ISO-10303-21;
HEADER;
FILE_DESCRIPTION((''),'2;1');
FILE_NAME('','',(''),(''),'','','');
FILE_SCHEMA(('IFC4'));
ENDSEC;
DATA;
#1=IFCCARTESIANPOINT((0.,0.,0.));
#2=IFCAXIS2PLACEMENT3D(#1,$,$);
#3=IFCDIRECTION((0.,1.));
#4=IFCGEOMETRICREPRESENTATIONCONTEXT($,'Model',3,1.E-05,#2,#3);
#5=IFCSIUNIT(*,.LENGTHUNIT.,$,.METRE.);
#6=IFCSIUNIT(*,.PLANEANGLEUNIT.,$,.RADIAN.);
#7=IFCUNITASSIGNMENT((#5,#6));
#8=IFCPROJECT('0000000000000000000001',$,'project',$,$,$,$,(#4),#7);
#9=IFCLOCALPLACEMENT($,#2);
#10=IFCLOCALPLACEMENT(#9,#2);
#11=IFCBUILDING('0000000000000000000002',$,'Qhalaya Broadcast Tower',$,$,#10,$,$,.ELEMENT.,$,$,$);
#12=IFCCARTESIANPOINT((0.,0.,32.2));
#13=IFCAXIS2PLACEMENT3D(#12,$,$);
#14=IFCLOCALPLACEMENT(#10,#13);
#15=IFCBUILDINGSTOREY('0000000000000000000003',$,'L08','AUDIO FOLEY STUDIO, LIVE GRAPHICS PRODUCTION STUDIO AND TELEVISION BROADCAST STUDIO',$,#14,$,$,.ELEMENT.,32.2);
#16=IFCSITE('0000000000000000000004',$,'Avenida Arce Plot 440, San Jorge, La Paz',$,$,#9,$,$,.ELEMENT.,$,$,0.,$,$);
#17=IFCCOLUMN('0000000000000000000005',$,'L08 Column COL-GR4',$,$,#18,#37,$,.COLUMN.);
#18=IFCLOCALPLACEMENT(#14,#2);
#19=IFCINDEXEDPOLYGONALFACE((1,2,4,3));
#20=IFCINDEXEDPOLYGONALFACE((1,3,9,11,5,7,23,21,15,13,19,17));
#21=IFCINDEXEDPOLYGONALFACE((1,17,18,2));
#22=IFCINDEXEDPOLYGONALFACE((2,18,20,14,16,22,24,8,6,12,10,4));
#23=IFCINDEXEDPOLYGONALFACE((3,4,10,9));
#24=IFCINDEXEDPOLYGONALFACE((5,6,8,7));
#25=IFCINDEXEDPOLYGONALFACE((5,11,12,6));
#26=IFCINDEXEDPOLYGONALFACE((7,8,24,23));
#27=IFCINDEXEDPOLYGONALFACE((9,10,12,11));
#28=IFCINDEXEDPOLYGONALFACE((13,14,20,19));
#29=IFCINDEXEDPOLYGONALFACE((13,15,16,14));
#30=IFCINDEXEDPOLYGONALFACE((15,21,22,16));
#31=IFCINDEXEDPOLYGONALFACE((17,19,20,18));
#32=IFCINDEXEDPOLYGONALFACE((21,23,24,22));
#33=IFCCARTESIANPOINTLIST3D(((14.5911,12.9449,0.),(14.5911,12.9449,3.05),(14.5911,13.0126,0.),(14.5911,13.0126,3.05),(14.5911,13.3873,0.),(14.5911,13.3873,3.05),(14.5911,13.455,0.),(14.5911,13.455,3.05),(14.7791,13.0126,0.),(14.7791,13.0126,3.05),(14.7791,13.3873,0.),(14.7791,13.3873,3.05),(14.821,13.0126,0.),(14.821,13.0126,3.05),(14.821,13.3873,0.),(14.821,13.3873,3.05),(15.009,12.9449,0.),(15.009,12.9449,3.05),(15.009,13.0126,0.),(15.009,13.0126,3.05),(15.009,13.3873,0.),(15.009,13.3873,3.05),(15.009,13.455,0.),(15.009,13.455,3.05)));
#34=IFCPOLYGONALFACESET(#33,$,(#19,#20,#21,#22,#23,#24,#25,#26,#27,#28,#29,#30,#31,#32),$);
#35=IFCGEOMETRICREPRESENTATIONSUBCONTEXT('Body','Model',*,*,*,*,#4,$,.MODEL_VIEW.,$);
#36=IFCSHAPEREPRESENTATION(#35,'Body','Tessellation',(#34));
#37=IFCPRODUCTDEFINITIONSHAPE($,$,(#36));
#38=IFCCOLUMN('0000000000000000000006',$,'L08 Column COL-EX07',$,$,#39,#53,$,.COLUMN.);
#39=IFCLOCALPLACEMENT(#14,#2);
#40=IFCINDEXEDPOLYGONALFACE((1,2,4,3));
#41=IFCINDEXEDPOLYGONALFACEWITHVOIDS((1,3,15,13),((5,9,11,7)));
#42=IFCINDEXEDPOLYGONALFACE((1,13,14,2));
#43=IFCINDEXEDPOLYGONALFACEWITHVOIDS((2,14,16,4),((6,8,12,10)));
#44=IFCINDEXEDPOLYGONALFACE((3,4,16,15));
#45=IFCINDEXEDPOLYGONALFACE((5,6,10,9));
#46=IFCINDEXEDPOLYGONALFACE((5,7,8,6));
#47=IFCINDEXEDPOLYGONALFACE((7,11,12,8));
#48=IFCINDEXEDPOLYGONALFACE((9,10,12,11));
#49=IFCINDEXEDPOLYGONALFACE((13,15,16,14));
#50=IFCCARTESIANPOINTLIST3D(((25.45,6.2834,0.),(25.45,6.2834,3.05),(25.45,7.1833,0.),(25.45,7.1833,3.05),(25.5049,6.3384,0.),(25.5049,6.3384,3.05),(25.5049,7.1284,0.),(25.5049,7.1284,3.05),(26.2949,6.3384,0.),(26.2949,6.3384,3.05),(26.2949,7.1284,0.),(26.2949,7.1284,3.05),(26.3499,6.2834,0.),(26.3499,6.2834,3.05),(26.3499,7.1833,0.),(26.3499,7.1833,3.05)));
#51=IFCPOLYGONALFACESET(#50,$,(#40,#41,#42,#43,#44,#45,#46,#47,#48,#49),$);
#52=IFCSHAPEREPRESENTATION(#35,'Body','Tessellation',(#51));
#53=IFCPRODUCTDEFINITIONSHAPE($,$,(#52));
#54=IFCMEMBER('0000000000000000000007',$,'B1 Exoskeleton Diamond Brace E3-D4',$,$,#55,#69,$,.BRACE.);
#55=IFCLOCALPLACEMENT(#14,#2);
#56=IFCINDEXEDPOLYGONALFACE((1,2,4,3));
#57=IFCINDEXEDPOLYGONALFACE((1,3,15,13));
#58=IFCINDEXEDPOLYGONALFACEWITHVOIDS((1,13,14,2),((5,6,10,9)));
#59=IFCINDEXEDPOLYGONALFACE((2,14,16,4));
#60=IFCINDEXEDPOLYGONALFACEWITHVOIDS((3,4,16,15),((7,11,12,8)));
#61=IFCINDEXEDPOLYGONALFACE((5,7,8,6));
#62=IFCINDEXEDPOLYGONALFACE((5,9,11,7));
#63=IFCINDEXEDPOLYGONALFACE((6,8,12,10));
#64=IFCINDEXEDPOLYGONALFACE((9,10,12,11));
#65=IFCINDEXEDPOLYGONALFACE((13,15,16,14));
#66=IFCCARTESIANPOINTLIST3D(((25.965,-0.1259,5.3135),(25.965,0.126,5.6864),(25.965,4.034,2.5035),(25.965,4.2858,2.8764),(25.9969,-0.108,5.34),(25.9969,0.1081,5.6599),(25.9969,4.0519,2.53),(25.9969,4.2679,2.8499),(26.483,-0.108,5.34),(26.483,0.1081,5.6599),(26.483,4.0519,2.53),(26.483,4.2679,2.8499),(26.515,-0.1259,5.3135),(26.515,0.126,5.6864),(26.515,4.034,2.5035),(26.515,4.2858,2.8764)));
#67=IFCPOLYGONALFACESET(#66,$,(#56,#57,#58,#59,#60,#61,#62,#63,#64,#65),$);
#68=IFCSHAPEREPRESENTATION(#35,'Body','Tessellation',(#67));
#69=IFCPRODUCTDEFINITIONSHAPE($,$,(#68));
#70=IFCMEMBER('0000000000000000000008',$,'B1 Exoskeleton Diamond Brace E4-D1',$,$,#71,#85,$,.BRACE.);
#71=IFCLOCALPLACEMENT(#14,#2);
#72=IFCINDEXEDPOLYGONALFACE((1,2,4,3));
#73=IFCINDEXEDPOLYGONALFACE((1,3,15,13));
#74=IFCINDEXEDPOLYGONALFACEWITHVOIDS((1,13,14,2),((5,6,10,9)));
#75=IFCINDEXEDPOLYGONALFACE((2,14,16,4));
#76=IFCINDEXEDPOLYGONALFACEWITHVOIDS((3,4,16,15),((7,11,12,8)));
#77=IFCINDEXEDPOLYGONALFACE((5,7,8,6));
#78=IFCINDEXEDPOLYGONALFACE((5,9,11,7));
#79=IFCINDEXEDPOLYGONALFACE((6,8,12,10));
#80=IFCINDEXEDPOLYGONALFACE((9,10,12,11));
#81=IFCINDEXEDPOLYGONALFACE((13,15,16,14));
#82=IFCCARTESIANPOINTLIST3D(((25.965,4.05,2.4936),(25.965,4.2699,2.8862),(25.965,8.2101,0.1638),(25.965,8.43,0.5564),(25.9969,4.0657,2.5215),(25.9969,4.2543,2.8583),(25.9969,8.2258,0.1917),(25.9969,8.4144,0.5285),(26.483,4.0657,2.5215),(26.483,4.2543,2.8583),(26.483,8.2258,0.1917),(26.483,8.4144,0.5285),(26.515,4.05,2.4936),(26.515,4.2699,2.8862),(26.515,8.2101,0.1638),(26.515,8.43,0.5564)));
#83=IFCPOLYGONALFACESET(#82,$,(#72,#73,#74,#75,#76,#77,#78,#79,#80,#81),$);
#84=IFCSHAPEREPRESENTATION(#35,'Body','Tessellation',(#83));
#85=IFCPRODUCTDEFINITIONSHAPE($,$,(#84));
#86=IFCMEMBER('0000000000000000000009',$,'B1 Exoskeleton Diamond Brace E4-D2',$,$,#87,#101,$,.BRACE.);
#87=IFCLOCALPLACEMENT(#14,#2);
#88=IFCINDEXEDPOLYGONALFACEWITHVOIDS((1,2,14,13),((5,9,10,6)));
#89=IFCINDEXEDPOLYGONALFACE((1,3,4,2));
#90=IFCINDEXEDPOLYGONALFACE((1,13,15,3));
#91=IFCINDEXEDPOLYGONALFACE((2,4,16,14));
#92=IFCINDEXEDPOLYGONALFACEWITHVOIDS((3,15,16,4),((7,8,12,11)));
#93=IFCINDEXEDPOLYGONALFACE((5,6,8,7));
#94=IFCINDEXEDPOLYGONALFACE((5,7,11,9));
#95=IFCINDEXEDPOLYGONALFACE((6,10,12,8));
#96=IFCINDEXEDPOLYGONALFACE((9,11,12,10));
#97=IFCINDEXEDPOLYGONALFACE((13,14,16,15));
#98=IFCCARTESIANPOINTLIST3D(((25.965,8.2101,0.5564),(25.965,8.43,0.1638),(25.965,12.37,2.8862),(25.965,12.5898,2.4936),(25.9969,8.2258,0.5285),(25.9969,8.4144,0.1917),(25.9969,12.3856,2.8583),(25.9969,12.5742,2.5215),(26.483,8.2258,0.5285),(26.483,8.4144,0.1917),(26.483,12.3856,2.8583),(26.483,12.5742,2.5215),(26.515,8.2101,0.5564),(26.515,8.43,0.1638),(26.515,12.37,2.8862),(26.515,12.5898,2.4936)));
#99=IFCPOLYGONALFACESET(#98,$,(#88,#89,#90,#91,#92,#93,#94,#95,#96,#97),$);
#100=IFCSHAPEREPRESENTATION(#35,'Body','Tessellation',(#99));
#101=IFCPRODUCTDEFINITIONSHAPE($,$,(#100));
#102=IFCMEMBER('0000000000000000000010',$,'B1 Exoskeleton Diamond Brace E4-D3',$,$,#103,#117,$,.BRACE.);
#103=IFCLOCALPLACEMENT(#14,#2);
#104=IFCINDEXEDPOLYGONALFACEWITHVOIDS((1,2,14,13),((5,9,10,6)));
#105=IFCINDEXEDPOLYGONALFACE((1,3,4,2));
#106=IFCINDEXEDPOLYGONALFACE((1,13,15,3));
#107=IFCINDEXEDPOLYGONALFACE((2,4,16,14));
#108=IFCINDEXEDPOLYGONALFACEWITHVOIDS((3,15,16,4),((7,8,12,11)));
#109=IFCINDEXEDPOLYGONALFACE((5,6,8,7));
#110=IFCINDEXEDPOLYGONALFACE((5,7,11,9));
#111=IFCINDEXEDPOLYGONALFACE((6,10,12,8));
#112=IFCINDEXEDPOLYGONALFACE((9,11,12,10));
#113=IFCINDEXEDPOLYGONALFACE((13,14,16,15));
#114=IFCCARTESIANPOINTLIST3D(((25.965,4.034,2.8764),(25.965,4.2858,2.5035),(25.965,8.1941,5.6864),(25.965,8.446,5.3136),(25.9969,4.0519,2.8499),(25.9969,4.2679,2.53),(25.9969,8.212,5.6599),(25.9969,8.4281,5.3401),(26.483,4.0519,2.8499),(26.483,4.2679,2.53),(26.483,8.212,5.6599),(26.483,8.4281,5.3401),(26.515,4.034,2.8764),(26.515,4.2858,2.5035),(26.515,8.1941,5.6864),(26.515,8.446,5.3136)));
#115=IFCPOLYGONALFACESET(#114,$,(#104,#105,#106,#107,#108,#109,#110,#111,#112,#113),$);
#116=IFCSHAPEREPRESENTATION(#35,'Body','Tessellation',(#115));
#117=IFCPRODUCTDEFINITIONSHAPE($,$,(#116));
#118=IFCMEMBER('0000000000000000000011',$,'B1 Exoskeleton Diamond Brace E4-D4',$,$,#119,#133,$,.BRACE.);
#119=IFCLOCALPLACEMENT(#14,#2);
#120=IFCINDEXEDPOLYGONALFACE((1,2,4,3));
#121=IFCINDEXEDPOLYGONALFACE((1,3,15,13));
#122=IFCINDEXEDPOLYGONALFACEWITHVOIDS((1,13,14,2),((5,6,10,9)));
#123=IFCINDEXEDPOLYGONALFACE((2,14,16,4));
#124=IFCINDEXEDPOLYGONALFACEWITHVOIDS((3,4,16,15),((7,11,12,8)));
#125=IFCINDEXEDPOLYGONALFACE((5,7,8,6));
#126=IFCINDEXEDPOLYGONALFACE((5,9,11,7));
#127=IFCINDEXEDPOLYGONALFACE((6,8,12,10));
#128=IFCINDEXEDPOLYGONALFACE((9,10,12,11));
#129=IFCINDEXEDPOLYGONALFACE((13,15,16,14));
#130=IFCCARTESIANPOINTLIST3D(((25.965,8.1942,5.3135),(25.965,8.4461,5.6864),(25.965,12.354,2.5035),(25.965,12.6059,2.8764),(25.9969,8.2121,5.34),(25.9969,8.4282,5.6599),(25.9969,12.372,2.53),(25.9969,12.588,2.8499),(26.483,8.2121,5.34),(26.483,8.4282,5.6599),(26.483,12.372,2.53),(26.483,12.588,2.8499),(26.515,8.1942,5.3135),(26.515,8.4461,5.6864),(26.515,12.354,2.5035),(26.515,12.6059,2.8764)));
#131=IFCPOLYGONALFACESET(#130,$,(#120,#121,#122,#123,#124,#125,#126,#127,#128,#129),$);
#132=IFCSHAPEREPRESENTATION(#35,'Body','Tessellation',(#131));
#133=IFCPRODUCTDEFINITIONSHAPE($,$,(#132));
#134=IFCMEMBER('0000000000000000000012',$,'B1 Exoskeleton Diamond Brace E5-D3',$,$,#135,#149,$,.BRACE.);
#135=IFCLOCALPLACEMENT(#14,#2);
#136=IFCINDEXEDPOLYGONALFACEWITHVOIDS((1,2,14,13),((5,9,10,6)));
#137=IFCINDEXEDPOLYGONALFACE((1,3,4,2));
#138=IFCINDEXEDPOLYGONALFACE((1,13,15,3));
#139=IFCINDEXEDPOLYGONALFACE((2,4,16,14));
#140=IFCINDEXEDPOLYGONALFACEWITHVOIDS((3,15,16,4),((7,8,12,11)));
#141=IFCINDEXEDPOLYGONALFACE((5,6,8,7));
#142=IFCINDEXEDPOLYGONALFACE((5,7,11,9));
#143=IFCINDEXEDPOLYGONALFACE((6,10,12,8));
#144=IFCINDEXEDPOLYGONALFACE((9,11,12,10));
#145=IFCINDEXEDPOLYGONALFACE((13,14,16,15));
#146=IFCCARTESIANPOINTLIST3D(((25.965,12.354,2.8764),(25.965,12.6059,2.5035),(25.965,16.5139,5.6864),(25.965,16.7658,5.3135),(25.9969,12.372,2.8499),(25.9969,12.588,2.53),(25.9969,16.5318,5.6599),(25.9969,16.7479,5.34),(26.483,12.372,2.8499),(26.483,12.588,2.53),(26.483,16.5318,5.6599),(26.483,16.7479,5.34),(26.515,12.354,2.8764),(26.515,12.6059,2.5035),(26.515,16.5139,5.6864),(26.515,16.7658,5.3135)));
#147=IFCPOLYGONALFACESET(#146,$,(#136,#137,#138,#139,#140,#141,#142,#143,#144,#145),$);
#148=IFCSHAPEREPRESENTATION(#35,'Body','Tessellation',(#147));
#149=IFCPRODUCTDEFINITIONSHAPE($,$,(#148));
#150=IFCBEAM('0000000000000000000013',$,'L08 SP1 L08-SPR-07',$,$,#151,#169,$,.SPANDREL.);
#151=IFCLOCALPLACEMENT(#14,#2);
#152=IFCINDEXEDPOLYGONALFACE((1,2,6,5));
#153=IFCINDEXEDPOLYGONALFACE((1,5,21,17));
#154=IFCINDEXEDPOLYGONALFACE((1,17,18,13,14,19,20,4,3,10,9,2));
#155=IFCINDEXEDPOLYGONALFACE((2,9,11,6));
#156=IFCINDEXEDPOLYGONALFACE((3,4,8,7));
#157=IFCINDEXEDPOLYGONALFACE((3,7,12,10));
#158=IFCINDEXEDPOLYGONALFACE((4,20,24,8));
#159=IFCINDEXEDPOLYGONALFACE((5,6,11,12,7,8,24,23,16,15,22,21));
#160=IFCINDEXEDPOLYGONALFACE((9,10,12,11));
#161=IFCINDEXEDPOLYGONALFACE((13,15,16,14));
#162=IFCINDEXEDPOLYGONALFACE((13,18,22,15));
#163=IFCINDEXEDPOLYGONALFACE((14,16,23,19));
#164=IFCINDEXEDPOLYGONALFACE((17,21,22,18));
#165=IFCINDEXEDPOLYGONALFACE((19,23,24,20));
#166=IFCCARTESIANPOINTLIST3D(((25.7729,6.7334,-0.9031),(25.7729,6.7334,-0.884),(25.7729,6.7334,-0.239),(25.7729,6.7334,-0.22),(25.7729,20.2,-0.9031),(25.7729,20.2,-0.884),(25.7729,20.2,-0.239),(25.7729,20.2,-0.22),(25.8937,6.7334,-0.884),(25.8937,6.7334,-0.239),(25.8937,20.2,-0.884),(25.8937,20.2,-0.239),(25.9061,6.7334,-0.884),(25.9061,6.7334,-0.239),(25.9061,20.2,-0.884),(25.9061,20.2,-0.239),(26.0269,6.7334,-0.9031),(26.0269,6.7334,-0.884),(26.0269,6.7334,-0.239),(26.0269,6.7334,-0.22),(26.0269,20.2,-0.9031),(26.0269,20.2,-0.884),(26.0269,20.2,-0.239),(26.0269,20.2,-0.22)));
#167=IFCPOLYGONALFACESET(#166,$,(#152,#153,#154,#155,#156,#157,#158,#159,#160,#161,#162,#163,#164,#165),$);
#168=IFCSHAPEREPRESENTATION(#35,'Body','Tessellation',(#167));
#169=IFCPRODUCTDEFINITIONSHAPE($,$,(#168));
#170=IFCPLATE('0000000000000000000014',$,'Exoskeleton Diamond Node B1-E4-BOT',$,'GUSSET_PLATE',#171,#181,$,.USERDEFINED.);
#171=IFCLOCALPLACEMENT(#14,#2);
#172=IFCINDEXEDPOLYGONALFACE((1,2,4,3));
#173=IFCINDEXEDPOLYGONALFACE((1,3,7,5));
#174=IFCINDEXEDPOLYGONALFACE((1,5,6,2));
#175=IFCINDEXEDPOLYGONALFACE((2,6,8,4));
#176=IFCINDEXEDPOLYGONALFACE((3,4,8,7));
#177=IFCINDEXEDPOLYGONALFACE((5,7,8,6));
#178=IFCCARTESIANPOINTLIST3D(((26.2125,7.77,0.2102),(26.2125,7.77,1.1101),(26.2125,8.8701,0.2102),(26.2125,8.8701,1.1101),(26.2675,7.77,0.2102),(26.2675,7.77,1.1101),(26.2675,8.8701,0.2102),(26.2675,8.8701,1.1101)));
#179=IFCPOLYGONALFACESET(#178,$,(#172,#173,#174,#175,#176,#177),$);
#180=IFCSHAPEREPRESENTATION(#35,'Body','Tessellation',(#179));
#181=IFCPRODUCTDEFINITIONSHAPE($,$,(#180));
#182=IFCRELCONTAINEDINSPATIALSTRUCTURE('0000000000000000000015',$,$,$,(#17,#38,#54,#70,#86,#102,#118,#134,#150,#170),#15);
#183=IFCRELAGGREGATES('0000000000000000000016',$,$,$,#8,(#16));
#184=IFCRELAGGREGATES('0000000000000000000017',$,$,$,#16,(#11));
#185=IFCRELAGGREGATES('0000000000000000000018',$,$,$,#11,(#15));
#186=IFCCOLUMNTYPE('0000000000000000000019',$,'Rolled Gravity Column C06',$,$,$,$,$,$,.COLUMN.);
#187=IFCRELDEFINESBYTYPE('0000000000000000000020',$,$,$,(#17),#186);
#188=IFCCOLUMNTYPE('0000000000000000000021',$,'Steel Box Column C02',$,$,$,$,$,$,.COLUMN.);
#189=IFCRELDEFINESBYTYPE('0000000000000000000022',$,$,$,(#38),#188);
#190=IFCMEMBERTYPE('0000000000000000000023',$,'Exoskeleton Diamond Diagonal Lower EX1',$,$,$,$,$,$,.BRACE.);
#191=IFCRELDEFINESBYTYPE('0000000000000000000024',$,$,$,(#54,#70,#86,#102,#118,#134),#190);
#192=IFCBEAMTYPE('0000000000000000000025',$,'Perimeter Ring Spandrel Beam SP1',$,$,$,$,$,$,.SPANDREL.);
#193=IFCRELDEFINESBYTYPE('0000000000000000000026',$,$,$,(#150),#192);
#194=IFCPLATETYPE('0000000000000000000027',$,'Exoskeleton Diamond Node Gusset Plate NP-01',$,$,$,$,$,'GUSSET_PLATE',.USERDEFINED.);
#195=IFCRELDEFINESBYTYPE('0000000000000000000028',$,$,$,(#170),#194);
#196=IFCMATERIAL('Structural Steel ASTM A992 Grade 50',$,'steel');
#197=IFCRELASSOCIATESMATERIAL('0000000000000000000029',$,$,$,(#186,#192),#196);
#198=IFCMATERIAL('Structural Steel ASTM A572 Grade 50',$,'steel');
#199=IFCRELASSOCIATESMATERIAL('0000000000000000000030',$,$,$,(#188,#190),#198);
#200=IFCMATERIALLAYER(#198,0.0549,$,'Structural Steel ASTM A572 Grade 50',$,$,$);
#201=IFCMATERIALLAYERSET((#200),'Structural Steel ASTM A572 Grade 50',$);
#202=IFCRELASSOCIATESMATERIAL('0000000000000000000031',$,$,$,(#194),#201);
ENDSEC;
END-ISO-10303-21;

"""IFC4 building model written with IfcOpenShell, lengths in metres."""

from ifc_helpers import new_model, si_unit, direction, frame, origin, origin_2d, place, context, subcontext, project, spatial, rectangle, hollow_rectangle, i_section, extrude, material, layer, layer_set, material_profile, profile_set, type_object, element, save


model = new_model("IFC4")

# Units and contexts
model_context = context("Model", 3, precision=1e-05, world=origin(), true_north=direction((0.0, 1.0)))
body_context = subcontext(model_context, "Body", "Model", "MODEL_VIEW")
ifc_project = project(units=[si_unit("LENGTHUNIT", "METRE"), si_unit("PLANEANGLEUNIT", "RADIAN")], contexts=[model_context])

# Site, building, storey
site_placement = place(None, origin())
site = spatial("IfcSite", under=ifc_project, at=site_placement, Name="Avenida Arce Plot 440, San Jorge, La Paz", CompositionType="ELEMENT", RefElevation=0.0)
building_placement = place(site_placement, origin())
building = spatial("IfcBuilding", under=site, at=building_placement, Name="Qhalaya Broadcast Tower", CompositionType="ELEMENT")
storey_placement = place(building_placement, frame((0.0, 0.0, 32.2)))
storey = spatial("IfcBuildingStorey", under=building, at=storey_placement, Name="L08", Description="AUDIO FOLEY STUDIO, LIVE GRAPHICS PRODUCTION STUDIO AND TELEVISION BROADCAST STUDIO", CompositionType="ELEMENT", Elevation=32.2)

# Columns
ifc_material_1 = material(Name="Structural Steel ASTM A992 Grade 50", Category="steel")
ifc_material_profile_1 = material_profile(ifc_material_1, i_section(OverallWidth=0.418, OverallDepth=0.51, WebThickness=0.042, FlangeThickness=0.0676, at=origin_2d()), Name="W14X370")
ifc_profile_set_1 = profile_set([ifc_material_profile_1], Name="Structural Steel ASTM A992 Grade 50")
column_type_1 = type_object("IfcColumnType", Name="Rolled Gravity Column C06", PredefinedType="COLUMN", material=ifc_profile_set_1)
column_1_placement = place(storey_placement, frame((14.8, 13.2, 0.0), z_axis=(0.0, 0.0, 1.0), x_axis=(1.0, 0.0, 0.0)))
element("IfcColumn", 1, at=column_1_placement, inside=storey, type_object=column_type_1, Name="L08 Column COL-GR4", PredefinedType="COLUMN", context=body_context, shape_type="SweptSolid", body=[
    extrude(i_section(OverallWidth=0.418, OverallDepth=0.51, WebThickness=0.042, FlangeThickness=0.0676, at=origin_2d()), origin(), (0.0, 0.0, 1.0), 3.05),
])
ifc_material_2 = material(Name="Structural Steel ASTM A572 Grade 50", Category="steel")
ifc_material_profile_2 = material_profile(ifc_material_2, hollow_rectangle(XDim=0.8999, YDim=0.8999, WallThickness=0.0549, at=origin_2d()), Name="BOX 900x900x55")
ifc_profile_set_2 = profile_set([ifc_material_profile_2], Name="Structural Steel ASTM A572 Grade 50")
column_type_2 = type_object("IfcColumnType", Name="Steel Box Column C02", PredefinedType="COLUMN", material=ifc_profile_set_2)
column_2_placement = place(storey_placement, frame((25.8999, 6.7334, 0.0), z_axis=(0.0, 0.0, 1.0), x_axis=(0.0, 1.0, 0.0)))
element("IfcColumn", 2, at=column_2_placement, inside=storey, type_object=column_type_2, Name="L08 Column COL-EX07", PredefinedType="COLUMN", context=body_context, shape_type="SweptSolid", body=[
    extrude(hollow_rectangle(XDim=0.8999, YDim=0.8999, WallThickness=0.0549, at=origin_2d()), origin(), (0.0, 0.0, 1.0), 3.05),
])

# Members
ifc_material_profile_3 = material_profile(ifc_material_2, hollow_rectangle(XDim=0.45, YDim=0.55, WallThickness=0.032, at=origin_2d()), Name="BOX 450x550x32")
ifc_profile_set_3 = profile_set([ifc_material_profile_3], Name="Structural Steel ASTM A572 Grade 50")
member_type = type_object("IfcMemberType", Name="Exoskeleton Diamond Diagonal Lower EX1", PredefinedType="BRACE", material=ifc_profile_set_3)
member_1_placement = place(storey_placement, frame((26.24, 4.1599, 2.6899), z_axis=(0.0, -0.828653, 0.559763), x_axis=(0.0, 0.559763, 0.828653)))
element("IfcMember", 3, at=member_1_placement, inside=storey, type_object=member_type, Name="B1 Exoskeleton Diamond Brace E3-D4", PredefinedType="BRACE", context=body_context, shape_type="SweptSolid", body=[
    extrude(hollow_rectangle(XDim=0.45, YDim=0.55, WallThickness=0.032, at=origin_2d()), origin(), (0.0, 0.0, 1.0), 5.02),
])
member_2_placement = place(storey_placement, frame((26.24, 8.3201, 0.3601), z_axis=(0.0, -0.872493, 0.488627), x_axis=(0.0, 0.488627, 0.872493)))
element("IfcMember", 4, at=member_2_placement, inside=storey, type_object=member_type, Name="B1 Exoskeleton Diamond Brace E4-D1", PredefinedType="BRACE", context=body_context, shape_type="SweptSolid", body=[
    extrude(hollow_rectangle(XDim=0.45, YDim=0.55, WallThickness=0.032, at=origin_2d()), origin(), (0.0, 0.0, 1.0), 4.7681),
])
member_3_placement = place(storey_placement, frame((26.24, 8.3201, 0.3601), z_axis=(0.0, 0.872481, 0.488649), x_axis=(0.0, -0.488649, 0.872481)))
element("IfcMember", 5, at=member_3_placement, inside=storey, type_object=member_type, Name="B1 Exoskeleton Diamond Brace E4-D2", PredefinedType="BRACE", context=body_context, shape_type="SweptSolid", body=[
    extrude(hollow_rectangle(XDim=0.45, YDim=0.55, WallThickness=0.032, at=origin_2d()), origin(), (0.0, 0.0, 1.0), 4.7678),
])
member_4_placement = place(storey_placement, frame((26.24, 4.1599, 2.6899), z_axis=(0.0, 0.828668, 0.55974), x_axis=(0.0, -0.55974, 0.828668)))
element("IfcMember", 6, at=member_4_placement, inside=storey, type_object=member_type, Name="B1 Exoskeleton Diamond Brace E4-D3", PredefinedType="BRACE", context=body_context, shape_type="SweptSolid", body=[
    extrude(hollow_rectangle(XDim=0.45, YDim=0.55, WallThickness=0.032, at=origin_2d()), origin(), (0.0, 0.0, 1.0), 5.0203),
])
for number, where, z_axis, x_axis, name in (
    (7, (26.24, 12.48, 2.6899), (0.0, -0.828653, 0.559763), (0.0, 0.559763, 0.828653), "B1 Exoskeleton Diamond Brace E4-D4"),
    (8, (26.24, 12.48, 2.6899), (0.0, 0.828653, 0.559763), (0.0, -0.559763, 0.828653), "B1 Exoskeleton Diamond Brace E5-D3"),
):
    element("IfcMember", number, at=place(storey_placement, frame(where, z_axis=z_axis, x_axis=x_axis)), inside=storey, type_object=member_type, Name=name, PredefinedType="BRACE", context=body_context, shape_type="SweptSolid", body=[
        extrude(hollow_rectangle(XDim=0.45, YDim=0.55, WallThickness=0.032, at=origin_2d()), origin(), (0.0, 0.0, 1.0), 5.02),
    ])

# Beam
ifc_material_profile_4 = material_profile(ifc_material_1, i_section(OverallWidth=0.2539, OverallDepth=0.6831, WebThickness=0.0125, FlangeThickness=0.019, at=origin_2d()), Name="W27X94")
ifc_profile_set_4 = profile_set([ifc_material_profile_4], Name="Structural Steel ASTM A992 Grade 50")
beam_type = type_object("IfcBeamType", Name="Perimeter Ring Spandrel Beam SP1", PredefinedType="SPANDREL", material=ifc_profile_set_4)
beam_placement = place(storey_placement, frame((25.8999, 6.7334, -0.5615), z_axis=(0.0, 1.0, 0.0), x_axis=(-1.0, 0.0, 0.0)))
element("IfcBeam", 9, at=beam_placement, inside=storey, type_object=beam_type, Name="L08 SP1 L08-SPR-07", PredefinedType="SPANDREL", context=body_context, shape_type="SweptSolid", body=[
    extrude(i_section(OverallWidth=0.2539, OverallDepth=0.6831, WebThickness=0.0125, FlangeThickness=0.019, at=origin_2d()), origin(), (0.0, 0.0, 1.0), 13.4666),
])

# Plate
ifc_layer_1 = layer(ifc_material_2, 0.0549, Name="Structural Steel ASTM A572 Grade 50")
ifc_layer_set_1 = layer_set([ifc_layer_1], Name="Structural Steel ASTM A572 Grade 50")
plate_type_1 = type_object("IfcPlateType", Name="Exoskeleton Diamond Node Gusset Plate NP-01", ElementType="GUSSET_PLATE", PredefinedType="USERDEFINED", material=ifc_layer_set_1)
for number, where, z_axis, x_axis, name in (
    (10, (26.24, 8.3201, 0.2102), (0.0, 0.0, 1.0), (0.0, 1.0, 0.0), "Exoskeleton Diamond Node B1-E4-BOT"),
):
    element("IfcPlate", number, at=place(storey_placement, frame(where, z_axis=z_axis, x_axis=x_axis)), inside=storey, type_object=plate_type_1, Name=name, ObjectType="GUSSET_PLATE", PredefinedType="USERDEFINED", context=body_context, shape_type="SweptSolid", body=[
        extrude(rectangle(XDim=1.1001, YDim=0.0549, at=origin_2d()), origin(), (0.0, 0.0, 1.0), 0.8999),
    ])

save(model, "model.ifc")
